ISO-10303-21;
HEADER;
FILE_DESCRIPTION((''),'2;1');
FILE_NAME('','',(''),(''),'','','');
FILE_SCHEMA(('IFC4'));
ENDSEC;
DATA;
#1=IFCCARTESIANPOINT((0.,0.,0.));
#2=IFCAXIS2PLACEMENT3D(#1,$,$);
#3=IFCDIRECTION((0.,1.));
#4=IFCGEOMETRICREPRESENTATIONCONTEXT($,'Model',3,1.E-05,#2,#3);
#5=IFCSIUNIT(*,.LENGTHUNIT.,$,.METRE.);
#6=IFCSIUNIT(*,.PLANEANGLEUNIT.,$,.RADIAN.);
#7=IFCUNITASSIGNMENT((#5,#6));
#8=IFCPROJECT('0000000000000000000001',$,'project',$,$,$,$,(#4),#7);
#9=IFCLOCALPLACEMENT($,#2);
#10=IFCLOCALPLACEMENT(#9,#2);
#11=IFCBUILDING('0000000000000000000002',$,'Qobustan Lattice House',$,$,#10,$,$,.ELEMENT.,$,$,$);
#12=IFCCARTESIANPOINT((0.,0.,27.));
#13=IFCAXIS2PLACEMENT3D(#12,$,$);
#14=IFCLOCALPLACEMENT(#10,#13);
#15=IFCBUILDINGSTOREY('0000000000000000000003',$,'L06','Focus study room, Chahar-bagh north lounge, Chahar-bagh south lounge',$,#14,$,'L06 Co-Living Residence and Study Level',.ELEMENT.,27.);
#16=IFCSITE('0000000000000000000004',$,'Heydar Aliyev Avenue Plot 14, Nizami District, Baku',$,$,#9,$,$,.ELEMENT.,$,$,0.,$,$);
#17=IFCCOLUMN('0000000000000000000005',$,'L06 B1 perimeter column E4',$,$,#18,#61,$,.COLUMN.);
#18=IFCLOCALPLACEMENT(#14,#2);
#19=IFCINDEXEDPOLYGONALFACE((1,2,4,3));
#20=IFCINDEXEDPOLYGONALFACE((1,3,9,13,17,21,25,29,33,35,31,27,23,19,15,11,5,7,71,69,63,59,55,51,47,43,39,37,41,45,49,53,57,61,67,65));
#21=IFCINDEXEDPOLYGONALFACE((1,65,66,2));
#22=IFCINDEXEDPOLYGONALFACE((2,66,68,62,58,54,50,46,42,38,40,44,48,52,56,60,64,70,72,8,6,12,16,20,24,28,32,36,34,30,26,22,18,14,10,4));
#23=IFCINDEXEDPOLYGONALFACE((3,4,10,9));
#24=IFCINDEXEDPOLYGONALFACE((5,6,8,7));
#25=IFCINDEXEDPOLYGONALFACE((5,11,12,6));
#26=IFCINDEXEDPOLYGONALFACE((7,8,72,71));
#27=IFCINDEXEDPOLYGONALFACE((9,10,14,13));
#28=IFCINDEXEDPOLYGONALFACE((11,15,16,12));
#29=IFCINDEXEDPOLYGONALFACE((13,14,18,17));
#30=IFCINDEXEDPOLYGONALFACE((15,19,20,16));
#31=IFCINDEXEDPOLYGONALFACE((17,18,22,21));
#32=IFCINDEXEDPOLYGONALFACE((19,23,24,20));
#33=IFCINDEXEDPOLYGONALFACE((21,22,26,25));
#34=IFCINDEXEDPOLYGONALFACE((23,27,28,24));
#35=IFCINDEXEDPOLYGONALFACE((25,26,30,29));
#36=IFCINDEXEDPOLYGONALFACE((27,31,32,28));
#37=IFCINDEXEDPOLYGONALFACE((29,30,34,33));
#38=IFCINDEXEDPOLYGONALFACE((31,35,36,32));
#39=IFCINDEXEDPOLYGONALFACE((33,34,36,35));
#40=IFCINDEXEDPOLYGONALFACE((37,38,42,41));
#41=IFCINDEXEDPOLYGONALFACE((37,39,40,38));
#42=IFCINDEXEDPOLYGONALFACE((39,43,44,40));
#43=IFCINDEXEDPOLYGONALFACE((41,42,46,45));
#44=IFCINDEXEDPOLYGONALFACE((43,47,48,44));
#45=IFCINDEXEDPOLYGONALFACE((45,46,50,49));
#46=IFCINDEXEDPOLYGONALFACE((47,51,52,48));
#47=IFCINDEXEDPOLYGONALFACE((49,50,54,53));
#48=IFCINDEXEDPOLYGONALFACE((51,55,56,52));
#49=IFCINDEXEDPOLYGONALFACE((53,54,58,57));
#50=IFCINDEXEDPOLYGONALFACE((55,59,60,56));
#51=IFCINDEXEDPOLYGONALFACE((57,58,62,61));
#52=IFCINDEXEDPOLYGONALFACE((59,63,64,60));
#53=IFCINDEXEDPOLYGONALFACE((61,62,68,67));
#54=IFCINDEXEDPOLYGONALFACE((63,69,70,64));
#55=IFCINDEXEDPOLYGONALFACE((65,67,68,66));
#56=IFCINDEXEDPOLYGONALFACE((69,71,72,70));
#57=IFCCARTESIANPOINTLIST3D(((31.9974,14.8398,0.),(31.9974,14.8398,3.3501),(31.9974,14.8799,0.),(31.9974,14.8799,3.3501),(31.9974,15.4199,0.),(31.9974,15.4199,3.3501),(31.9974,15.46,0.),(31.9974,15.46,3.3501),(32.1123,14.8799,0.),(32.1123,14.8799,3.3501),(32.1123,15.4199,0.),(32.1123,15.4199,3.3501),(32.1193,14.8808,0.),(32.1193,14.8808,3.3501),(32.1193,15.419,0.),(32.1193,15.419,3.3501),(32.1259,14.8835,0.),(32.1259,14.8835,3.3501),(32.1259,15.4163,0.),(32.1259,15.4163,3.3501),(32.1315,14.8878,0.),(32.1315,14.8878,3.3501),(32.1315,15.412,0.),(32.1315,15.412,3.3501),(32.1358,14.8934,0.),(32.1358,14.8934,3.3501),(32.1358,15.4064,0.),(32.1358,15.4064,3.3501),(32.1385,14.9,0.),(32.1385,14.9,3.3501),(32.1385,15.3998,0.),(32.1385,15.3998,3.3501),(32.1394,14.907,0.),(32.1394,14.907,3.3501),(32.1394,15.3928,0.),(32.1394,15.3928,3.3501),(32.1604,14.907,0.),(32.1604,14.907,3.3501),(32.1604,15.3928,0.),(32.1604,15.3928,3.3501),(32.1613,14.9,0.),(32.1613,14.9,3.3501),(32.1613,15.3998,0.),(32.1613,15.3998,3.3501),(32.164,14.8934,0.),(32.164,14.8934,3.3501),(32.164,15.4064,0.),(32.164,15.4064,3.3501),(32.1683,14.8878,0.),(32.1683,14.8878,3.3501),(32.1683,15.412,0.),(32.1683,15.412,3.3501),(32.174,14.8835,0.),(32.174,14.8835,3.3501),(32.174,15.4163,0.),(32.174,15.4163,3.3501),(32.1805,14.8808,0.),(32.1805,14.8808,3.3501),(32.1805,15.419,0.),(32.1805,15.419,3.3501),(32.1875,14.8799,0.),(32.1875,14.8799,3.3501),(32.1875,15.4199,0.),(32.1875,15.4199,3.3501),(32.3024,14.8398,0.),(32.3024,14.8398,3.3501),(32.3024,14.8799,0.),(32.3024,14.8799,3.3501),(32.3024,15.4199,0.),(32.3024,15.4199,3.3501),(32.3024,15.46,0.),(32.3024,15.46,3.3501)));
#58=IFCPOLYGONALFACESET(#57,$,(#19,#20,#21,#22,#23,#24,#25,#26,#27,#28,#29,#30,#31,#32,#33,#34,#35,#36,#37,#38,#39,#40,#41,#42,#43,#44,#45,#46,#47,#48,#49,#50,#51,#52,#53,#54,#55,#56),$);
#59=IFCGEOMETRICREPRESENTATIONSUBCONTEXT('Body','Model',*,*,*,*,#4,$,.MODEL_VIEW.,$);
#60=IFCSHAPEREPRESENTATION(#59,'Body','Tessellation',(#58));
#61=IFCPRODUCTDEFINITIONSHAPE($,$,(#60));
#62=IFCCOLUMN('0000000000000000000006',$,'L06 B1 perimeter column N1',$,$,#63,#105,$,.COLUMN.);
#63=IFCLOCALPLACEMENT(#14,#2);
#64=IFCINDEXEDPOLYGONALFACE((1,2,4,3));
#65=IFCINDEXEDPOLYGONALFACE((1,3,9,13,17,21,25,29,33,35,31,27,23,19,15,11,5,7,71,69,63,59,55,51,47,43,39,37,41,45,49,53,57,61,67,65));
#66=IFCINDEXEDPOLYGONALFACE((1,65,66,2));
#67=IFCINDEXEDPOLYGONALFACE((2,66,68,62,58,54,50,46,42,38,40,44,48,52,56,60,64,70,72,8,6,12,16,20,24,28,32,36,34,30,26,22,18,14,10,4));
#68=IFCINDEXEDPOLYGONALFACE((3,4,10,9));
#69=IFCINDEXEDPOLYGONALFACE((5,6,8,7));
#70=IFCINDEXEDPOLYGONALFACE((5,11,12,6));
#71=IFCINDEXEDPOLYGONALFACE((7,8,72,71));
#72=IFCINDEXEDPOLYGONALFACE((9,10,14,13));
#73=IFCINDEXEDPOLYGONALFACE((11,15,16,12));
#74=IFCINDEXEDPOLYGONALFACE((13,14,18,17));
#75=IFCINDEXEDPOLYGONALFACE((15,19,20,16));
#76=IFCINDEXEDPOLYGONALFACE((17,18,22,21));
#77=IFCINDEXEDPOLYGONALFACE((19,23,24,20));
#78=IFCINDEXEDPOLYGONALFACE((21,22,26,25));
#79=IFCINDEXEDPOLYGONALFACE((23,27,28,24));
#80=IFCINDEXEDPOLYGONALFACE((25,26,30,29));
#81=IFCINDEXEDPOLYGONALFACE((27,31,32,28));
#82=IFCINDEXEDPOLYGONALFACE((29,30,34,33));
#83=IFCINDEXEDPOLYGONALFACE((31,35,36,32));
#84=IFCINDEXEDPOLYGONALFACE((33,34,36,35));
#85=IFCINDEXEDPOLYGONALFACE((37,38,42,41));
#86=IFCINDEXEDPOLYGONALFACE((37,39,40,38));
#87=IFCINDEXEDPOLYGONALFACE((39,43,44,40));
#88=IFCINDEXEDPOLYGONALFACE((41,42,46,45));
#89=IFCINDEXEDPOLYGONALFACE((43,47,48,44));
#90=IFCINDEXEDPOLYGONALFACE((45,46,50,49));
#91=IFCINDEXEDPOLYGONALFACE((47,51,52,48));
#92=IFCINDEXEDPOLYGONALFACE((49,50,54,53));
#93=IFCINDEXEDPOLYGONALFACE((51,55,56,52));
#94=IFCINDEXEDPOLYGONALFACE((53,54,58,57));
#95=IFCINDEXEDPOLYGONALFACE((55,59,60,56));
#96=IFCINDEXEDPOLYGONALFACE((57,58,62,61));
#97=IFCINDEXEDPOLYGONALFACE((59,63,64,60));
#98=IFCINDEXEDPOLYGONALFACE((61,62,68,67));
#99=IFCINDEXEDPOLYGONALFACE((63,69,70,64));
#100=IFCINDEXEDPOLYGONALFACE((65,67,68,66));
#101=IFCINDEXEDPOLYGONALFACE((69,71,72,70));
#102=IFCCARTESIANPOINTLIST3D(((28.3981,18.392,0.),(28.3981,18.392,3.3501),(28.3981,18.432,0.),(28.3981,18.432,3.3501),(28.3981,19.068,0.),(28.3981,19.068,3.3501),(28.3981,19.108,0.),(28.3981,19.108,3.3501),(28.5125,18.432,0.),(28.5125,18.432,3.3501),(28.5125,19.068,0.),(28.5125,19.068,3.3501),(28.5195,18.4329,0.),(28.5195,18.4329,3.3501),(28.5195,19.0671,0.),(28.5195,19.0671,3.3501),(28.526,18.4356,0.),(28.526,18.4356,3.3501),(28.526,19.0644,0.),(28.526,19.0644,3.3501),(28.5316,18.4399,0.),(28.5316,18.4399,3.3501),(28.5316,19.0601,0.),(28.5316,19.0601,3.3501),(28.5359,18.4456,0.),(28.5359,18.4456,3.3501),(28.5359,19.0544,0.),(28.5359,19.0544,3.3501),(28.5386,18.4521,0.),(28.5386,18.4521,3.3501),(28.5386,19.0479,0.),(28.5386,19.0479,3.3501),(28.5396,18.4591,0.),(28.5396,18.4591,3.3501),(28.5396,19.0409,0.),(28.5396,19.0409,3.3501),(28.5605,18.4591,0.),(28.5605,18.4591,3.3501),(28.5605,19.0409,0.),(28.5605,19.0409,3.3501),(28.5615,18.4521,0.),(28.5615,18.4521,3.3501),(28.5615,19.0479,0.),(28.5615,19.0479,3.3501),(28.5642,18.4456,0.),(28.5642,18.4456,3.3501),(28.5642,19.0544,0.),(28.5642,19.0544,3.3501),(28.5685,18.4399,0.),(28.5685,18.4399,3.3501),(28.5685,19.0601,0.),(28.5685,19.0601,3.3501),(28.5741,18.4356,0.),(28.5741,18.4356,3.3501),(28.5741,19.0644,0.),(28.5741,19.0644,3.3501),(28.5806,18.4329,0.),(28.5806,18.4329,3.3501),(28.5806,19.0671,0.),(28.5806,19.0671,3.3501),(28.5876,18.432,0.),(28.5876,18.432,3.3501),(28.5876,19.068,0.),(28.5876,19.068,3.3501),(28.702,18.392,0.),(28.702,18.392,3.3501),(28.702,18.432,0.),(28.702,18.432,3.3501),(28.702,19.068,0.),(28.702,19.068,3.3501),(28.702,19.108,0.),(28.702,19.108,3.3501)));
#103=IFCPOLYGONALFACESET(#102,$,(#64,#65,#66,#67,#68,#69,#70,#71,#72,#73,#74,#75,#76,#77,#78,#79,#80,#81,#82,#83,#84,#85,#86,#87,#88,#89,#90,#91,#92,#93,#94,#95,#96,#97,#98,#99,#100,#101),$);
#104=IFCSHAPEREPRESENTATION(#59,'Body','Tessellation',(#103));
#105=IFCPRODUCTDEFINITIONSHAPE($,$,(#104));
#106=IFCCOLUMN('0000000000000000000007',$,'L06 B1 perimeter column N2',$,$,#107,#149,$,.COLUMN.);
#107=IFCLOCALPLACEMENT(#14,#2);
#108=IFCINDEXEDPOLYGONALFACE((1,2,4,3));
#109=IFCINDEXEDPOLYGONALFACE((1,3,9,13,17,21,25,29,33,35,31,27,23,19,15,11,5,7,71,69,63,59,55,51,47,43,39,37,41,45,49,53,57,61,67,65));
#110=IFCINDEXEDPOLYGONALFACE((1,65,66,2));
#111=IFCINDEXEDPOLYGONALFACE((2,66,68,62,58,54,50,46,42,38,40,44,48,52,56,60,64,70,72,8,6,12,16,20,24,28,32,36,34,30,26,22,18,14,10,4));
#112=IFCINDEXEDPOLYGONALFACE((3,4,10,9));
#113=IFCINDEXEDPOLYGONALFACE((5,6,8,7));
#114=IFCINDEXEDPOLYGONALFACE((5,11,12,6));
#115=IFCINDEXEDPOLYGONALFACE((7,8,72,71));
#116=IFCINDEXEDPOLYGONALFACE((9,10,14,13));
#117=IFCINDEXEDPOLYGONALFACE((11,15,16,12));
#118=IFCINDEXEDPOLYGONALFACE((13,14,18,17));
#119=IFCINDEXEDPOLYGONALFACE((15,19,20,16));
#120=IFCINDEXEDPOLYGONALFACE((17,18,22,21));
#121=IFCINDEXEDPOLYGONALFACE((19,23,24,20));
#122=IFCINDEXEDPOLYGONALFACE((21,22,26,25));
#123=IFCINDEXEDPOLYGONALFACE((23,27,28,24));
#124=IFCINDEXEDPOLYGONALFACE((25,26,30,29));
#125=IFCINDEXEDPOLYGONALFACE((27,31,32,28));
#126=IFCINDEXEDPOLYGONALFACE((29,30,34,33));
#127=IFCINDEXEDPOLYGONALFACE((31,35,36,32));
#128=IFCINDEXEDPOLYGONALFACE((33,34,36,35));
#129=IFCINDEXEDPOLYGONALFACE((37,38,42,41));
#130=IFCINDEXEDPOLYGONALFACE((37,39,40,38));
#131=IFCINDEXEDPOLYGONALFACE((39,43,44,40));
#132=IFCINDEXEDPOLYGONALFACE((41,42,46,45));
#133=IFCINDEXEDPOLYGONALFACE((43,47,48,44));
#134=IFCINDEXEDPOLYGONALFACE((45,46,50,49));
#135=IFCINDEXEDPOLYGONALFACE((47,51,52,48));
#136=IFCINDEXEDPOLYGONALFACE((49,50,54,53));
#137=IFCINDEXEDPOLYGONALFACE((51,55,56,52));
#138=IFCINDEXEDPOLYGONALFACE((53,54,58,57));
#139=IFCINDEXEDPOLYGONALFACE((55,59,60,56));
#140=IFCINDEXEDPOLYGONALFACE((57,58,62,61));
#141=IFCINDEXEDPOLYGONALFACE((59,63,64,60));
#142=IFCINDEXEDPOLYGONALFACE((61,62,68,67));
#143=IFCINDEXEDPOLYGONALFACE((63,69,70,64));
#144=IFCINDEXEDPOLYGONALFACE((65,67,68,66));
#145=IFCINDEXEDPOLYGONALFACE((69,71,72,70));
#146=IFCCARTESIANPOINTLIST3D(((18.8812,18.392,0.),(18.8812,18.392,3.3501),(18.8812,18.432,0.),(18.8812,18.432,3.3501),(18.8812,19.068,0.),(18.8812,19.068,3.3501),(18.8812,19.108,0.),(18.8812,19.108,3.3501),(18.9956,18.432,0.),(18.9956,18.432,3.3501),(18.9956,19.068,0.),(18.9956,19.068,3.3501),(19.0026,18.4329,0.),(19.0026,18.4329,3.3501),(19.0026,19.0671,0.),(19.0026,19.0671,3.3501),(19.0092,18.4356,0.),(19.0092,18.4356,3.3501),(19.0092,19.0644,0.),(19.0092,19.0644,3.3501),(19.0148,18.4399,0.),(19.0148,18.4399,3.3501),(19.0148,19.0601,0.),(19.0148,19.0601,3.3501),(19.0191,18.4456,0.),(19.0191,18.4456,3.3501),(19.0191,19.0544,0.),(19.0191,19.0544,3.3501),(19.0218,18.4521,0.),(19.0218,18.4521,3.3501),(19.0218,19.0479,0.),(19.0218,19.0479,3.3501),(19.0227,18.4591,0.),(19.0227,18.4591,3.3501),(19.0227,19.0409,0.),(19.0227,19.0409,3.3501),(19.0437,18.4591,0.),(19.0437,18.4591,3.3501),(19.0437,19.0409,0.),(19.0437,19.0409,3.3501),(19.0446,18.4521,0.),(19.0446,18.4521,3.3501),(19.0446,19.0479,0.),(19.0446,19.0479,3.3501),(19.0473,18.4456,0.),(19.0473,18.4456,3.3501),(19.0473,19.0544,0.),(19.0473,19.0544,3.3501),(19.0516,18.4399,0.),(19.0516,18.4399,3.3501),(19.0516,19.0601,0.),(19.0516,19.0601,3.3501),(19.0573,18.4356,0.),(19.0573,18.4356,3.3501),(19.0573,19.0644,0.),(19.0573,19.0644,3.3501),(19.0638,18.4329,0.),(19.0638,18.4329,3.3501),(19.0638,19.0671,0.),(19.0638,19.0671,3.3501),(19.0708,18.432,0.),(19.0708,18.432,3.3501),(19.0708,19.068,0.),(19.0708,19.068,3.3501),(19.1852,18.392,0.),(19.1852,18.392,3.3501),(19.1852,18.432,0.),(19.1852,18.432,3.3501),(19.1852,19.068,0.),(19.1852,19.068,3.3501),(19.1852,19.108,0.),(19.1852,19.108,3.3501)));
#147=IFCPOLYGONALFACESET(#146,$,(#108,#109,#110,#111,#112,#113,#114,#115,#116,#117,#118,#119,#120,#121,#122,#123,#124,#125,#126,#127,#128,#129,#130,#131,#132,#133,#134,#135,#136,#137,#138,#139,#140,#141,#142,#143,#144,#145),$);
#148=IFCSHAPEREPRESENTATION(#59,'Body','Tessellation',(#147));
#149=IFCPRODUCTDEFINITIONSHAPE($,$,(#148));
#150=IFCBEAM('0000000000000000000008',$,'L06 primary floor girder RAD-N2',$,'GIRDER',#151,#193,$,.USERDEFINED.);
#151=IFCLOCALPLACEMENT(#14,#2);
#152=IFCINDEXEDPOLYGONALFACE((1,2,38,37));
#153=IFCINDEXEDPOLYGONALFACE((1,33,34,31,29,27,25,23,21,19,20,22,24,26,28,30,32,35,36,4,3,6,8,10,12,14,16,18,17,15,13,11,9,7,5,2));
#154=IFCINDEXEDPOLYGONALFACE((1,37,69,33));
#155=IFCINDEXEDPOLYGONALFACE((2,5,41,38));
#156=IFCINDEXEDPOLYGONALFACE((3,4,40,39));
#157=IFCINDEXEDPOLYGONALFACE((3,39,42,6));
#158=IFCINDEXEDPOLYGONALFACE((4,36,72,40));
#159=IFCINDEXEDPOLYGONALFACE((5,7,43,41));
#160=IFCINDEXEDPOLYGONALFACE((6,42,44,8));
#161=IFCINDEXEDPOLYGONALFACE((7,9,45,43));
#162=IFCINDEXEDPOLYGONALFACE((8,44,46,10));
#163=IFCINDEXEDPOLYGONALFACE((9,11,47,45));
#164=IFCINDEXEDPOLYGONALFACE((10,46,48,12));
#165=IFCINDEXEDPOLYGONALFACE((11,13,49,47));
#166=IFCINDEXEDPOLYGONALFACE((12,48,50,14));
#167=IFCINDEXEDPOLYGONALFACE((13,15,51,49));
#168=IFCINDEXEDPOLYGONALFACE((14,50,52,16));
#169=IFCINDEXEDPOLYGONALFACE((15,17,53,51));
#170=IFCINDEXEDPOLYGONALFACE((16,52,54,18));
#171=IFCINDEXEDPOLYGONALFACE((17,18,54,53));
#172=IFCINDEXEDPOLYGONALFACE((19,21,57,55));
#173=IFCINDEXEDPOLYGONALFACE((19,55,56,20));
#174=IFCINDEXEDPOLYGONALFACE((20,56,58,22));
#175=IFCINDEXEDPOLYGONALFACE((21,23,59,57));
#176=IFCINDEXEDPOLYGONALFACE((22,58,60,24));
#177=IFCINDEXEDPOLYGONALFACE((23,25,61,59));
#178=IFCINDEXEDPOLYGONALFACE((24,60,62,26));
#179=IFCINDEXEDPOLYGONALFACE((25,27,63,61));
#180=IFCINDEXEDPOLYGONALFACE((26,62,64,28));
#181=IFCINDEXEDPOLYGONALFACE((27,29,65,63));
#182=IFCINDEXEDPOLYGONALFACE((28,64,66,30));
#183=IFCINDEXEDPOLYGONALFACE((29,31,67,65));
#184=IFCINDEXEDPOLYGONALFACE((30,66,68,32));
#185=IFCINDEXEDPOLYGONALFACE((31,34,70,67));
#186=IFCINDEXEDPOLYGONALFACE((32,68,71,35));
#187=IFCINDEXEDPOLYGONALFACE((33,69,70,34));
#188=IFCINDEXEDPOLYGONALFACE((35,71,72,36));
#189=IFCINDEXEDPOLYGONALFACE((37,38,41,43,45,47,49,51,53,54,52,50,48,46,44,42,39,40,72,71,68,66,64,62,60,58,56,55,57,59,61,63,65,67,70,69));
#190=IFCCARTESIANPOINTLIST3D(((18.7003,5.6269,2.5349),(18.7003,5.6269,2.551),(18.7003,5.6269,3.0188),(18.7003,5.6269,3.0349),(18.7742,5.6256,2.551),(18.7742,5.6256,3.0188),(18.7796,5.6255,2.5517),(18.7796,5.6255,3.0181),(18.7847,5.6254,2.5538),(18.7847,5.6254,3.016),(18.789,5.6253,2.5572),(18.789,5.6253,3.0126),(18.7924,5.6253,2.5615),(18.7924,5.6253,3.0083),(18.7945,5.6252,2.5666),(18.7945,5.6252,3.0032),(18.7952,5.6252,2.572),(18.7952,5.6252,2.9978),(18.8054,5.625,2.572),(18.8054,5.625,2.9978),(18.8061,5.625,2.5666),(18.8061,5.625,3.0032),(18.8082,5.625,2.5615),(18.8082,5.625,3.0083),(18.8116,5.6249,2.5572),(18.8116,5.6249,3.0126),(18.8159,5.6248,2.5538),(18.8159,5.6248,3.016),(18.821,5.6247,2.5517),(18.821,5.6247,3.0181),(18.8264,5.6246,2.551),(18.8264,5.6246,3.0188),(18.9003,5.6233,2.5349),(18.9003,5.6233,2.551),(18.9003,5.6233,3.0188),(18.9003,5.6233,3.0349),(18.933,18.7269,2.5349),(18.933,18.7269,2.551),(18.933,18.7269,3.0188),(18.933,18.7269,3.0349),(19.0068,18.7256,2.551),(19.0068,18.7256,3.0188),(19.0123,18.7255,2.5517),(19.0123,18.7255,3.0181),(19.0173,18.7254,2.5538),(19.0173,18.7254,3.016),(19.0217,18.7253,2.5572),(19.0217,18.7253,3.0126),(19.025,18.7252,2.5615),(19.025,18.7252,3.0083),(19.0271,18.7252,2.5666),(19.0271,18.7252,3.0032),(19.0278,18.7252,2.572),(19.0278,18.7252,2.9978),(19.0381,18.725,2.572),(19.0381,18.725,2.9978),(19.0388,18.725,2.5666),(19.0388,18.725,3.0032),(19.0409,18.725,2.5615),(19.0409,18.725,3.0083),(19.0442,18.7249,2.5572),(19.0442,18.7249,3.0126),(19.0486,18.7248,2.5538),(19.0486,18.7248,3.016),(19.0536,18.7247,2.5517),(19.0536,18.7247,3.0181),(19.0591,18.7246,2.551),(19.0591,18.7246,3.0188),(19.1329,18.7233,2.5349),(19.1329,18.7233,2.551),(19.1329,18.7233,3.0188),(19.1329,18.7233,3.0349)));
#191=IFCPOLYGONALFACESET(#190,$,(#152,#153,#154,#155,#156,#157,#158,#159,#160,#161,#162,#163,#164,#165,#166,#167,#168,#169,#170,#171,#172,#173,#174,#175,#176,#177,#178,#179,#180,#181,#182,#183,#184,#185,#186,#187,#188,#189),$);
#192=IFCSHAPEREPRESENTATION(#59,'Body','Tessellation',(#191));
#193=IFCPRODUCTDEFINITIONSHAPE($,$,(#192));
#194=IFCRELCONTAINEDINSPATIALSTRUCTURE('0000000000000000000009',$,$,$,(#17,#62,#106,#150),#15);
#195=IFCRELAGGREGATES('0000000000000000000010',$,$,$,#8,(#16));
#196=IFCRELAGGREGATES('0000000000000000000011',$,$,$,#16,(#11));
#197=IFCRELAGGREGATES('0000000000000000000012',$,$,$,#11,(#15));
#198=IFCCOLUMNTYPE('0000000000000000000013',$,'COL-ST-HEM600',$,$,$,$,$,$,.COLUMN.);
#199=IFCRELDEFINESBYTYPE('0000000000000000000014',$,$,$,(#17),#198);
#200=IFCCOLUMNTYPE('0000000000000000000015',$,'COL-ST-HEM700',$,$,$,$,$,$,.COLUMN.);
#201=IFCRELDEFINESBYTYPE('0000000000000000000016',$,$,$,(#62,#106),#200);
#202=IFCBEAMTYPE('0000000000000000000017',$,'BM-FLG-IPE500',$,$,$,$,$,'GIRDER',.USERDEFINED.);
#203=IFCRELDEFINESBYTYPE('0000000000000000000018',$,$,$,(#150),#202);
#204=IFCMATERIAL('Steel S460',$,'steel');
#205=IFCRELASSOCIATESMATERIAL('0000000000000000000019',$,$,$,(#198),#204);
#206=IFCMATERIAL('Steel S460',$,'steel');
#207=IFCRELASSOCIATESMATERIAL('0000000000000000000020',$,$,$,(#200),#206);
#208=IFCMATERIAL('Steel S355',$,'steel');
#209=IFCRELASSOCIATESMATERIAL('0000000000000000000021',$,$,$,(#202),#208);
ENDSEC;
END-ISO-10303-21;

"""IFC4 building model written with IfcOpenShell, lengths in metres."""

from ifc_helpers import new_model, si_unit, direction, frame, origin, origin_2d, place, context, subcontext, project, spatial, i_section, extrude, material, material_profile, profile_set, type_object, element, save


model = new_model("IFC4")

# Units and contexts
model_context = context("Model", 3, precision=1e-05, world=origin(), true_north=direction((0.0, 1.0)))
body_context = subcontext(model_context, "Body", "Model", "MODEL_VIEW")
ifc_project = project(units=[si_unit("LENGTHUNIT", "METRE"), si_unit("PLANEANGLEUNIT", "RADIAN")], contexts=[model_context])

# Site, building, storey
site_placement = place(None, origin())
site = spatial("IfcSite", under=ifc_project, at=site_placement, Name="Heydar Aliyev Avenue Plot 14, Nizami District, Baku", CompositionType="ELEMENT", RefElevation=0.0)
building_placement = place(site_placement, origin())
building = spatial("IfcBuilding", under=site, at=building_placement, Name="Qobustan Lattice House", CompositionType="ELEMENT")
storey_placement = place(building_placement, frame((0.0, 0.0, 27.0)))
storey = spatial("IfcBuildingStorey", under=building, at=storey_placement, Name="L06", Description="Focus study room, Chahar-bagh north lounge, Chahar-bagh south lounge", LongName="L06 Co-Living Residence and Study Level", CompositionType="ELEMENT", Elevation=27.0)

# Columns
ifc_material_1 = material(Name="Steel S460", Category="steel")
ifc_material_profile_1 = material_profile(ifc_material_1, i_section(OverallWidth=0.3049, OverallDepth=0.6201, WebThickness=0.021, FlangeThickness=0.04, FilletRadius=0.0271, at=origin_2d()), Name="HEM600")
ifc_profile_set_1 = profile_set([ifc_material_profile_1], Name="Steel S460")
column_type_1 = type_object("IfcColumnType", Name="COL-ST-HEM600", PredefinedType="COLUMN", material=ifc_profile_set_1)
column_placement = place(storey_placement, frame((32.1499, 15.1499, 0.0), z_axis=(0.0, 0.0, 1.0), x_axis=(1.0, 0.0, 0.0)))
element("IfcColumn", 1, at=column_placement, inside=storey, type_object=column_type_1, Name="L06 B1 perimeter column E4", PredefinedType="COLUMN", context=body_context, shape_type="SweptSolid", body=[
    extrude(i_section(OverallWidth=0.3049, OverallDepth=0.6201, WebThickness=0.021, FlangeThickness=0.04, FilletRadius=0.0271, at=origin_2d()), origin(), (0.0, 0.0, 1.0), 3.3501),
])
ifc_material_2 = material(Name="Steel S460", Category="steel")
ifc_material_profile_2 = material_profile(ifc_material_2, i_section(OverallWidth=0.304, OverallDepth=0.7161, WebThickness=0.021, FlangeThickness=0.04, FilletRadius=0.0271, at=origin_2d()), Name="HEM700")
ifc_profile_set_2 = profile_set([ifc_material_profile_2], Name="Steel S460")
column_type_2 = type_object("IfcColumnType", Name="COL-ST-HEM700", PredefinedType="COLUMN", material=ifc_profile_set_2)
for number, where, z_axis, x_axis, name in (
    (2, (28.55, 18.75, 0.0), (0.0, 0.0, 1.0), (1.0, 0.0, 0.0), "L06 B1 perimeter column N1"),
    (3, (19.0332, 18.75, 0.0), (0.0, 0.0, 1.0), (1.0, 0.0, 0.0), "L06 B1 perimeter column N2"),
):
    element("IfcColumn", number, at=place(storey_placement, frame(where, z_axis=z_axis, x_axis=x_axis)), inside=storey, type_object=column_type_2, Name=name, PredefinedType="COLUMN", context=body_context, shape_type="SweptSolid", body=[
        extrude(i_section(OverallWidth=0.304, OverallDepth=0.7161, WebThickness=0.021, FlangeThickness=0.04, FilletRadius=0.0271, at=origin_2d()), origin(), (0.0, 0.0, 1.0), 3.3501),
    ])

# Beam
ifc_material_3 = material(Name="Steel S355", Category="steel")
ifc_material_profile_3 = material_profile(ifc_material_3, i_section(OverallWidth=0.2, OverallDepth=0.5, WebThickness=0.0103, FlangeThickness=0.0161, FilletRadius=0.021, at=origin_2d()), Name="IPE500")
ifc_profile_set_3 = profile_set([ifc_material_profile_3], Name="Steel S355")
beam_type_1 = type_object("IfcBeamType", Name="BM-FLG-IPE500", ElementType="GIRDER", PredefinedType="USERDEFINED", material=ifc_profile_set_3)
beam_1_placement = place(storey_placement, frame((19.033, 18.7251, 2.7849), z_axis=(-0.017758, -0.999842, 0.0), x_axis=(0.999842, -0.017758, 0.0)))
element("IfcBeam", 4, at=beam_1_placement, inside=storey, type_object=beam_type_1, Name="L06 primary floor girder RAD-N2", ObjectType="GIRDER", PredefinedType="USERDEFINED", context=body_context, shape_type="SweptSolid", body=[
    extrude(i_section(OverallWidth=0.2, OverallDepth=0.5, WebThickness=0.0103, FlangeThickness=0.0161, FilletRadius=0.021, at=origin_2d()), origin(), (0.0, 0.0, 1.0), 13.1021),
])

save(model, "model.ifc")
